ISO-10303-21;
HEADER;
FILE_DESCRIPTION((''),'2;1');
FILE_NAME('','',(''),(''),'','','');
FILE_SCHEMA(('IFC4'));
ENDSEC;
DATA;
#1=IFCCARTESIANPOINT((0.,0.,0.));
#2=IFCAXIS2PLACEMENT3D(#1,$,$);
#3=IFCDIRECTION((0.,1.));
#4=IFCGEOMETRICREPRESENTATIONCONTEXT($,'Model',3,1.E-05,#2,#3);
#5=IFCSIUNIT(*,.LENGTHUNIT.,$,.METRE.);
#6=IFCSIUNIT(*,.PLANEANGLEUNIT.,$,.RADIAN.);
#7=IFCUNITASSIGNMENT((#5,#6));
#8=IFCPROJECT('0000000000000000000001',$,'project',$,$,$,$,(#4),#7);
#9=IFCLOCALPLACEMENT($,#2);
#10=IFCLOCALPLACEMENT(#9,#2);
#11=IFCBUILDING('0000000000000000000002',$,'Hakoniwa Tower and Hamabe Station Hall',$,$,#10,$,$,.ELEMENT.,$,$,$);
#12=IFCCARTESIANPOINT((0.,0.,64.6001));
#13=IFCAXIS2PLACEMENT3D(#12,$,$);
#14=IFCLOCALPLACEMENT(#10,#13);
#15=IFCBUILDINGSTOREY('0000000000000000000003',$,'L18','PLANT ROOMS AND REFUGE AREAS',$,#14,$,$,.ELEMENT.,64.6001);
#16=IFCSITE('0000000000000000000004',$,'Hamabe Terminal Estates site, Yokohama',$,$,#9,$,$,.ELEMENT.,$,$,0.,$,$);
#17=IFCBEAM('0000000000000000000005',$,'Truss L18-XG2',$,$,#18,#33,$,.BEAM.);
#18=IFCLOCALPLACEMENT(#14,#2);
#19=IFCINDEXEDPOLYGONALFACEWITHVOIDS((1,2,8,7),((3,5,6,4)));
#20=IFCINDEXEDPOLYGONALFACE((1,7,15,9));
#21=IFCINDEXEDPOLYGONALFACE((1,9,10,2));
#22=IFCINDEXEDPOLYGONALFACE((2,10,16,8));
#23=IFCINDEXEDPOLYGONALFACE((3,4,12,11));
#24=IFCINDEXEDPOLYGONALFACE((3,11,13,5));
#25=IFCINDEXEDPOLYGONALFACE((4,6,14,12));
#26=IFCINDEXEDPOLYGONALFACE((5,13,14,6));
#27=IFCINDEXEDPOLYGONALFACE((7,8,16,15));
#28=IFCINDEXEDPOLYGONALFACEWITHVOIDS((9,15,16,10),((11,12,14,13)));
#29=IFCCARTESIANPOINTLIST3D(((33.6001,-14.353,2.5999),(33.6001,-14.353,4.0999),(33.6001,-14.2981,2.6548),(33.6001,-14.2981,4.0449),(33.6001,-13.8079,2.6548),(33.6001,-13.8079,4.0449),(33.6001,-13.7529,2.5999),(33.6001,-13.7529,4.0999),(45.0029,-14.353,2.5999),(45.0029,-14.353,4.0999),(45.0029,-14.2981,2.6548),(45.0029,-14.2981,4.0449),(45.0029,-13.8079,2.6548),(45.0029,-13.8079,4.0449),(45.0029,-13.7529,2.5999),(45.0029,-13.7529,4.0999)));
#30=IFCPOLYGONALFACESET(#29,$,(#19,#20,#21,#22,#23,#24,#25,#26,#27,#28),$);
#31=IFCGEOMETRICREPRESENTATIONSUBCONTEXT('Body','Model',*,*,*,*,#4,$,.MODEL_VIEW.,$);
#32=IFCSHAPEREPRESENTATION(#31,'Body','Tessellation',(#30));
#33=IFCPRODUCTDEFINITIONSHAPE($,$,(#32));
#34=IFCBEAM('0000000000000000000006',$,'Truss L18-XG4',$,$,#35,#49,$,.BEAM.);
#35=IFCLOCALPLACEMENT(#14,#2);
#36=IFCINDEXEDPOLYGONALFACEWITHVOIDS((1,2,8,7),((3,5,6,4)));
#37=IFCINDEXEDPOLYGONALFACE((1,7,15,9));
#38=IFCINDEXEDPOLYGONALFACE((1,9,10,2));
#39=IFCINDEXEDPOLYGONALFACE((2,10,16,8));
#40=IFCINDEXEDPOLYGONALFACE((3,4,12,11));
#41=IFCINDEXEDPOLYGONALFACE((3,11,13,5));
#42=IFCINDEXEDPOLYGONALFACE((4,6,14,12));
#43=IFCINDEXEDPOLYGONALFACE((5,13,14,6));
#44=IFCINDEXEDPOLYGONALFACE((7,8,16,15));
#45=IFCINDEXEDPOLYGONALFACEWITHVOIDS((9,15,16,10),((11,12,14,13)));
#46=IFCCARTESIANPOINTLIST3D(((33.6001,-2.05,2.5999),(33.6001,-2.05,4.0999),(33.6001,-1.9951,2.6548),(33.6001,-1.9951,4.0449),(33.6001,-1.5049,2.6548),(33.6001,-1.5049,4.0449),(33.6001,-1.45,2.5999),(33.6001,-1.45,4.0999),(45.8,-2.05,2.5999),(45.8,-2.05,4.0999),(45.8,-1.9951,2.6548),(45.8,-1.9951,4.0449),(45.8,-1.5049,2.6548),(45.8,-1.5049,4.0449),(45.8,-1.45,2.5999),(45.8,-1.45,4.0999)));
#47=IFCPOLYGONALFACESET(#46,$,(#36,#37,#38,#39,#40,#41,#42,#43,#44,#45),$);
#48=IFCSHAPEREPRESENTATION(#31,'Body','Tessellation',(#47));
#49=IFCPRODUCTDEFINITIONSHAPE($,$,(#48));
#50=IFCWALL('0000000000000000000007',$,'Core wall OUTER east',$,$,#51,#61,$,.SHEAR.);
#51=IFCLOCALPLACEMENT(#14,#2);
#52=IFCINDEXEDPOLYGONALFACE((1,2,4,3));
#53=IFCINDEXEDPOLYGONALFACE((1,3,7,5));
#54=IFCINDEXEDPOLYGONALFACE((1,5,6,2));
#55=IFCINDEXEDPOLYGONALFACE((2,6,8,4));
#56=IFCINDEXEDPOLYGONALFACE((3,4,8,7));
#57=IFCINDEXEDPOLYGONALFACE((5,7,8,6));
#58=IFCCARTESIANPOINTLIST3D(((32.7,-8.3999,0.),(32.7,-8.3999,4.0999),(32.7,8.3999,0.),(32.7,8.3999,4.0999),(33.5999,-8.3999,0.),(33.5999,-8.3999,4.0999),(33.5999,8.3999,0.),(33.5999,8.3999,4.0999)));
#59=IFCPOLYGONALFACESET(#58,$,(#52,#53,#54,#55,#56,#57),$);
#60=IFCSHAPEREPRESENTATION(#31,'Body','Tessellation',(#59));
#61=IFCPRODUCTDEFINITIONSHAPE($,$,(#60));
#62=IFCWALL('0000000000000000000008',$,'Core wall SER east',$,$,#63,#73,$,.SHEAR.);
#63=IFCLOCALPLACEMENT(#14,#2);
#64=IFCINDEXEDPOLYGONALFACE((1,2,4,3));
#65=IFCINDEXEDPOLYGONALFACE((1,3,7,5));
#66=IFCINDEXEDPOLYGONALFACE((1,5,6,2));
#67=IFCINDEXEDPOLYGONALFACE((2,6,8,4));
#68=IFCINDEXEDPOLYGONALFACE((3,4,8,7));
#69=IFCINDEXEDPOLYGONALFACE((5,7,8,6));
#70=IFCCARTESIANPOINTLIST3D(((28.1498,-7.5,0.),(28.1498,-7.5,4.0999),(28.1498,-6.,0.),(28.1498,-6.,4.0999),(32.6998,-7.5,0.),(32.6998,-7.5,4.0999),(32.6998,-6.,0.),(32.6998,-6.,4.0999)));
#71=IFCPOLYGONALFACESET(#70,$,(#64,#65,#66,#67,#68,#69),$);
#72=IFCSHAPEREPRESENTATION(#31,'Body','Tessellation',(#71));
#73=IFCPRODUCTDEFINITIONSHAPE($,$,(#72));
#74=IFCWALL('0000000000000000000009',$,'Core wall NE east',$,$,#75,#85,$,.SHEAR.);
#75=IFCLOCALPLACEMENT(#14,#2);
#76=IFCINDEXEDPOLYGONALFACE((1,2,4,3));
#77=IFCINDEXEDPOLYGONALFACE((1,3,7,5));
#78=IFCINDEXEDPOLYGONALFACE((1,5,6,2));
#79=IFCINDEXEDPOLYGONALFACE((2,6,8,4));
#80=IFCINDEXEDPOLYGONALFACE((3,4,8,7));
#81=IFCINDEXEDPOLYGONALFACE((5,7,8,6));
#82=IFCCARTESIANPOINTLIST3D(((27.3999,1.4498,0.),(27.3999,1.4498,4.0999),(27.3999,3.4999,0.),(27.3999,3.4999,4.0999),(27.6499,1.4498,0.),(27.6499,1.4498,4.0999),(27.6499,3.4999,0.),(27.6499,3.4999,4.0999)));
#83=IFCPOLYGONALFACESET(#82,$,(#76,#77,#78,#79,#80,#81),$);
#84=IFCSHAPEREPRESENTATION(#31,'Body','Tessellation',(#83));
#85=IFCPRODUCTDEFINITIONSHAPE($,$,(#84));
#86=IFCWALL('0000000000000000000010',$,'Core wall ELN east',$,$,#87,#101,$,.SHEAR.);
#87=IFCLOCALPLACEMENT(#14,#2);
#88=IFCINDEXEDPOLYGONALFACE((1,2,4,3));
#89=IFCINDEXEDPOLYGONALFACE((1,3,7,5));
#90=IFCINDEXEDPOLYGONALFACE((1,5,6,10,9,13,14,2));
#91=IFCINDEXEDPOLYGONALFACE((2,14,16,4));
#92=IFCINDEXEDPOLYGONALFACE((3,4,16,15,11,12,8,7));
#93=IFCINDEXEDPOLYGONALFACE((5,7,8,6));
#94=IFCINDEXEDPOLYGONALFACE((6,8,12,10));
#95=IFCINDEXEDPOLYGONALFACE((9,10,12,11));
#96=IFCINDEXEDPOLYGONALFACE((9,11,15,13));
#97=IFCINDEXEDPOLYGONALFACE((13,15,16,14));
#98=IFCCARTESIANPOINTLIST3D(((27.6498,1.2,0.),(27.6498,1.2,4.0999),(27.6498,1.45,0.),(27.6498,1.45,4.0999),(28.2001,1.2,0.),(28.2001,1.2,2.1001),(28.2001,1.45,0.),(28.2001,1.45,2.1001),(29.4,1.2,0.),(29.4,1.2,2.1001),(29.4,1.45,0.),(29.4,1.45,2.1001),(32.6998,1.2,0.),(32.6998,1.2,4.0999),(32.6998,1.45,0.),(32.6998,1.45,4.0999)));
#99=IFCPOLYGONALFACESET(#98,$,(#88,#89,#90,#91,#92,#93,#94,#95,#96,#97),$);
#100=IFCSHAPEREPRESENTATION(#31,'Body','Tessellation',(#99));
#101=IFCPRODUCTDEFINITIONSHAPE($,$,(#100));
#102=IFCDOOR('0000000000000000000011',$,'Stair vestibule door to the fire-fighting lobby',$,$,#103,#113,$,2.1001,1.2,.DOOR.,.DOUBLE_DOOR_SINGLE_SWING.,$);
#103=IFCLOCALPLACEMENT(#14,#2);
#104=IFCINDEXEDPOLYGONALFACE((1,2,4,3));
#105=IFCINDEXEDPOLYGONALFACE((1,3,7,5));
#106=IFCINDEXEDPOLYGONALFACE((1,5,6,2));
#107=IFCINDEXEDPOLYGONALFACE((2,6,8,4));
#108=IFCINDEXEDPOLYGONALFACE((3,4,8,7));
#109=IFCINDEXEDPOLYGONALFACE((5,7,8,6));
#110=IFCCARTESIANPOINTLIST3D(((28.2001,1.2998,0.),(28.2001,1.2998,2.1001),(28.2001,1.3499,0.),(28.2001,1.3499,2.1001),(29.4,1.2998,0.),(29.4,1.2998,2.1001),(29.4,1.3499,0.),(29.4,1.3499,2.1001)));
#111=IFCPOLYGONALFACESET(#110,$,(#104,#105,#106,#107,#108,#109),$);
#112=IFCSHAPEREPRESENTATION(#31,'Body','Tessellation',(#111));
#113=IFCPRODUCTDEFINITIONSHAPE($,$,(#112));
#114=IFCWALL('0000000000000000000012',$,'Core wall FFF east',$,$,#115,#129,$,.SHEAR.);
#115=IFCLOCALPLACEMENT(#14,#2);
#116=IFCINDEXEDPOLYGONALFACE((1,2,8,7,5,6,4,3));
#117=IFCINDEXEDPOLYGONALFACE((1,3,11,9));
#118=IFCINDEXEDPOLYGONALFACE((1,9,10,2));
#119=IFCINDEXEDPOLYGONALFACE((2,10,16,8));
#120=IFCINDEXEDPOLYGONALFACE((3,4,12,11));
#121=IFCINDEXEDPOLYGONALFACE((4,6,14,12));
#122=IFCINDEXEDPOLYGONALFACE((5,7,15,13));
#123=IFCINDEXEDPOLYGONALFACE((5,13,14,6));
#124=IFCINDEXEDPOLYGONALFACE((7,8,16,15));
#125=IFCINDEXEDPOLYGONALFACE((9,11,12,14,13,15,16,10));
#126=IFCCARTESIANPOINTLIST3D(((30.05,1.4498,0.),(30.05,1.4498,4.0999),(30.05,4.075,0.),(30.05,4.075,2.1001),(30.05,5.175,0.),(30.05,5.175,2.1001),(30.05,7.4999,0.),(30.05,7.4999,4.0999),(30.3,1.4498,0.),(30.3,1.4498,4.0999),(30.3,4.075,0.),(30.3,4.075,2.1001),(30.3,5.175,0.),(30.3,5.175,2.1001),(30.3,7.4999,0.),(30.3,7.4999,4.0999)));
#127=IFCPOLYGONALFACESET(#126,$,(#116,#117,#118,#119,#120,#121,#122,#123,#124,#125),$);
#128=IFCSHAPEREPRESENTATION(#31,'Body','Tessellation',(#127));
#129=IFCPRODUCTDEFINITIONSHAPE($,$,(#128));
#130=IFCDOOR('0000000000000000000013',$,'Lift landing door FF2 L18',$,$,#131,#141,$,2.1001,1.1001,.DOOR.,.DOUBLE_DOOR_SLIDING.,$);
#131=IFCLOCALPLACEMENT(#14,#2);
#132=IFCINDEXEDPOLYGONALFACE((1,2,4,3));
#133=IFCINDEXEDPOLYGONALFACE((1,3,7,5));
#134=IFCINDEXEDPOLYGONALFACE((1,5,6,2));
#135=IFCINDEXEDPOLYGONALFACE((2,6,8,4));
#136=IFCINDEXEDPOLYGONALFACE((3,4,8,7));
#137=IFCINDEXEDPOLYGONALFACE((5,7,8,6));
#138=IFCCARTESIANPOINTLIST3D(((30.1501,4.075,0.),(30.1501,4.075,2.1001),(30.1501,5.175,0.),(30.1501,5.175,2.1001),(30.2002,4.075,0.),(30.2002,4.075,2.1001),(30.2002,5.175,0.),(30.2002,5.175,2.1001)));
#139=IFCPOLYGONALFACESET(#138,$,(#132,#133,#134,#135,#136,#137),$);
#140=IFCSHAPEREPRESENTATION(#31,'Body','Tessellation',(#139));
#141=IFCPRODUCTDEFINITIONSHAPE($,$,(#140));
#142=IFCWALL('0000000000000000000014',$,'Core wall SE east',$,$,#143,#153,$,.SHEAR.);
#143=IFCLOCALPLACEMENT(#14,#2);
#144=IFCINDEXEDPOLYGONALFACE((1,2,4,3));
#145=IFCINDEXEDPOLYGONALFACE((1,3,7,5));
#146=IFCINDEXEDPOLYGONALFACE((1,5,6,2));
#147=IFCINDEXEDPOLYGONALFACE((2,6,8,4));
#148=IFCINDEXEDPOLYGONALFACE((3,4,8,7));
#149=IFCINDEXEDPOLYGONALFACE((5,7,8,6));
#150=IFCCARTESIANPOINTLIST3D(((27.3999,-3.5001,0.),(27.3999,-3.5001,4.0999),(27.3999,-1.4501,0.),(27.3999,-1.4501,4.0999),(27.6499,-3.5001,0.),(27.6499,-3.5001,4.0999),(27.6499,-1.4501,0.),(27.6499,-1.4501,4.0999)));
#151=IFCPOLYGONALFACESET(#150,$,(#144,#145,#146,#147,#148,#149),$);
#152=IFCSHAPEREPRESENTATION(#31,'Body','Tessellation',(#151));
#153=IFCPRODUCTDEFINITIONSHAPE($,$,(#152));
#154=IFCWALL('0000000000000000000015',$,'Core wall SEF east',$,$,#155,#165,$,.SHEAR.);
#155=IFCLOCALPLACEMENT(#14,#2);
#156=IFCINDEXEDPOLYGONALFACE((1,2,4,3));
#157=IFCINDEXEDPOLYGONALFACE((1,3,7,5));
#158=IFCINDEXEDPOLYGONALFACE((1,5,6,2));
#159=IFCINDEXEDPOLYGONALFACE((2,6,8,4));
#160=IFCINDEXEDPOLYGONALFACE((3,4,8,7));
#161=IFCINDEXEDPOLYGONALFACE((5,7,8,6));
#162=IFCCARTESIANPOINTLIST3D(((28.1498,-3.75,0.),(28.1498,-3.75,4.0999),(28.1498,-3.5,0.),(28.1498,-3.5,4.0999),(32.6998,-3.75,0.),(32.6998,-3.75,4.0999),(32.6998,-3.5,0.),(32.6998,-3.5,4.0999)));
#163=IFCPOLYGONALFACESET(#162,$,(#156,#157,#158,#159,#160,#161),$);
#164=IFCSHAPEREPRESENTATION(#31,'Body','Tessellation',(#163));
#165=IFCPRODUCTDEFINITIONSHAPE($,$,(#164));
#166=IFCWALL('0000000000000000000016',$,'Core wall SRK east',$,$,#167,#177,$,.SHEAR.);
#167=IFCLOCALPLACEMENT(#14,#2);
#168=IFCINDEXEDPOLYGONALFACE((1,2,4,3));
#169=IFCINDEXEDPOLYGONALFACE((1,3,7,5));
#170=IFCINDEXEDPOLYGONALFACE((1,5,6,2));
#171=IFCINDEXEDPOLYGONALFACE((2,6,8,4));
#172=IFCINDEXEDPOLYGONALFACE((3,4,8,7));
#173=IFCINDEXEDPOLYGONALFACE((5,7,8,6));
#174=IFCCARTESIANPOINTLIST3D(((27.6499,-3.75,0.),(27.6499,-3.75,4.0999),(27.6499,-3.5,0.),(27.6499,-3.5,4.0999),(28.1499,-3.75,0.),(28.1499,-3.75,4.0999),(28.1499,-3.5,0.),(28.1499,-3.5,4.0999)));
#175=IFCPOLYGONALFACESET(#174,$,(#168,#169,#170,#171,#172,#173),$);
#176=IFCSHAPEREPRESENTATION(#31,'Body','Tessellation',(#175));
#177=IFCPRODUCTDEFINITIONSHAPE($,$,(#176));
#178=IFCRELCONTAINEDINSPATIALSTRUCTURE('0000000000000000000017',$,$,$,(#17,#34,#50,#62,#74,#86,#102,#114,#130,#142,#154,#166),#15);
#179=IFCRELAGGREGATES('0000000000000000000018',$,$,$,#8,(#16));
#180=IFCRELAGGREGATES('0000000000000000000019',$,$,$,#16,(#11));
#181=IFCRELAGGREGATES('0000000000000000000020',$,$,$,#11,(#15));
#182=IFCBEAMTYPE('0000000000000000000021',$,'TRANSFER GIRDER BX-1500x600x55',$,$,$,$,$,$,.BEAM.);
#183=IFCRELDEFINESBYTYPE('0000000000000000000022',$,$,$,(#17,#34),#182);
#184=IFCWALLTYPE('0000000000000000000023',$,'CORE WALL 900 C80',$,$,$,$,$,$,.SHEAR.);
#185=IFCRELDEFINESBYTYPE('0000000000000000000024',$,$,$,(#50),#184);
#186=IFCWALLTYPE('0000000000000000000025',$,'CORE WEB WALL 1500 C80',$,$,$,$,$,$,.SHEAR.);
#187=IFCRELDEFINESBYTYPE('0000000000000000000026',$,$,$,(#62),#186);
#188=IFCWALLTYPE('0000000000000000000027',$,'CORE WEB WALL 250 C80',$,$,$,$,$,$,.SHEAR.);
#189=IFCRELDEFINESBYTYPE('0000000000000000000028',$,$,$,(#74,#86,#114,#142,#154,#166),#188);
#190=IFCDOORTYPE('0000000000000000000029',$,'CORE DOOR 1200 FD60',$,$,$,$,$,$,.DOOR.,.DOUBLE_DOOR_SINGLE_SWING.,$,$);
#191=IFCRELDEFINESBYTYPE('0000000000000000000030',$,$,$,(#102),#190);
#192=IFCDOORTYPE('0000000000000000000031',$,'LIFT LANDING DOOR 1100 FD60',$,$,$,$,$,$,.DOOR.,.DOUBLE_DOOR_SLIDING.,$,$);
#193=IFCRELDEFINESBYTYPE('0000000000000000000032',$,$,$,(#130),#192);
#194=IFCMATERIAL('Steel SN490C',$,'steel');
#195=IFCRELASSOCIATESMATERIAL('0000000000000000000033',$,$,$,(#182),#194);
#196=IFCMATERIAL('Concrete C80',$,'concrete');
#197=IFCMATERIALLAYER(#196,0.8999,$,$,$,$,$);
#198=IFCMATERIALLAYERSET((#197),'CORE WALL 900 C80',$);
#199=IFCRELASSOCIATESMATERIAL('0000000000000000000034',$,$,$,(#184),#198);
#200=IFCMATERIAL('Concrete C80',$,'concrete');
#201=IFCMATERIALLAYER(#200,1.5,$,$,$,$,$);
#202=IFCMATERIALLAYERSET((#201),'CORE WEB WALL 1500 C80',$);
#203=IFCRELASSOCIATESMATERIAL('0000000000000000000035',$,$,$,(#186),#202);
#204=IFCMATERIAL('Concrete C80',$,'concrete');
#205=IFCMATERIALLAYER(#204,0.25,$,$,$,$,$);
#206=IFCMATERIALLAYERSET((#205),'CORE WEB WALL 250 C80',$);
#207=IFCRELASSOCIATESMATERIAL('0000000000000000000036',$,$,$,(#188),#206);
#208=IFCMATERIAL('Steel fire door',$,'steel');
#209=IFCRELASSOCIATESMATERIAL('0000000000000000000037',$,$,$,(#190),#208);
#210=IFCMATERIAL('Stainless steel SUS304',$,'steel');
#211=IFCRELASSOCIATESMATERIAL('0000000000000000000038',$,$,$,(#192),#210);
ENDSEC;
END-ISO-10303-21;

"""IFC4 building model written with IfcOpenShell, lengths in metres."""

from ifc_helpers import new_model, si_unit, direction, frame, frame_2d, origin, origin_2d, place, context, subcontext, project, spatial, rectangle, hollow_rectangle, extrude, material, layer, layer_set, material_profile, profile_set, type_object, element, fill, save


model = new_model("IFC4")

# Units and contexts
model_context = context("Model", 3, precision=1e-05, world=origin(), true_north=direction((0.0, 1.0)))
body_context = subcontext(model_context, "Body", "Model", "MODEL_VIEW")
ifc_project = project(units=[si_unit("LENGTHUNIT", "METRE"), si_unit("PLANEANGLEUNIT", "RADIAN")], contexts=[model_context])

# Site, building, storey
site_placement = place(None, origin())
site = spatial("IfcSite", under=ifc_project, at=site_placement, Name="Hamabe Terminal Estates site, Yokohama", CompositionType="ELEMENT", RefElevation=0.0)
building_placement = place(site_placement, origin())
building = spatial("IfcBuilding", under=site, at=building_placement, Name="Hakoniwa Tower and Hamabe Station Hall", CompositionType="ELEMENT")
storey_placement = place(building_placement, frame((0.0, 0.0, 64.6001)))
storey = spatial("IfcBuildingStorey", under=building, at=storey_placement, Name="L18", Description="PLANT ROOMS AND REFUGE AREAS", CompositionType="ELEMENT", Elevation=64.6001)

# Beams
ifc_material_1 = material(Name="Steel SN490C", Category="steel")
ifc_material_profile_1 = material_profile(ifc_material_1, hollow_rectangle(XDim=0.6001, YDim=1.5, WallThickness=0.0549, at=origin_2d()), Name="BX-1500x600x55")
ifc_profile_set_1 = profile_set([ifc_material_profile_1], Name="Steel SN490C")
beam_type = type_object("IfcBeamType", Name="TRANSFER GIRDER BX-1500x600x55", PredefinedType="BEAM", material=ifc_profile_set_1)
beam_1_placement = place(storey_placement, frame((33.6001, -14.053, 3.3499), z_axis=(1.0, 0.0, 0.0), x_axis=(0.0, 1.0, 0.0)))
element("IfcBeam", 1, at=beam_1_placement, inside=storey, type_object=beam_type, Name="Truss L18-XG2", PredefinedType="BEAM", context=body_context, shape_type="SweptSolid", body=[
    extrude(hollow_rectangle(XDim=0.6001, YDim=1.5, WallThickness=0.0549, at=origin_2d()), origin(), (0.0, 0.0, 1.0), 11.4028),
])
beam_2_placement = place(storey_placement, frame((33.6001, -1.75, 3.3499), z_axis=(1.0, 0.0, 0.0), x_axis=(0.0, 1.0, 0.0)))
element("IfcBeam", 2, at=beam_2_placement, inside=storey, type_object=beam_type, Name="Truss L18-XG4", PredefinedType="BEAM", context=body_context, shape_type="SweptSolid", body=[
    extrude(hollow_rectangle(XDim=0.6001, YDim=1.5, WallThickness=0.0549, at=origin_2d()), origin(), (0.0, 0.0, 1.0), 12.2),
])

# Walls
ifc_material_2 = material(Name="Concrete C80", Category="concrete")
ifc_layer_1 = layer(ifc_material_2, 0.8999)
ifc_layer_set_1 = layer_set([ifc_layer_1], Name="CORE WALL 900 C80")
wall_type_1 = type_object("IfcWallType", Name="CORE WALL 900 C80", PredefinedType="SHEAR", material=ifc_layer_set_1)
wall_1_placement = place(storey_placement, frame((33.1499, -8.3999, 0.0), z_axis=(0.0, 0.0, 1.0), x_axis=(0.0, 1.0, 0.0)))
element("IfcWall", 3, at=wall_1_placement, inside=storey, type_object=wall_type_1, Name="Core wall OUTER east", PredefinedType="SHEAR", context=body_context, shape_type="SweptSolid", body=[
    extrude(rectangle(XDim=16.7998, YDim=0.8999, at=frame_2d((8.3999, 0.0))), origin(), (0.0, 0.0, 1.0), 4.0999),
])
ifc_material_3 = material(Name="Concrete C80", Category="concrete")
ifc_layer_2 = layer(ifc_material_3, 1.5)
ifc_layer_set_2 = layer_set([ifc_layer_2], Name="CORE WEB WALL 1500 C80")
wall_type_2 = type_object("IfcWallType", Name="CORE WEB WALL 1500 C80", PredefinedType="SHEAR", material=ifc_layer_set_2)
wall_2_placement = place(storey_placement, frame((28.1499, -6.75, 0.0), z_axis=(0.0, 0.0, 1.0), x_axis=(1.0, 0.0, 0.0)))
element("IfcWall", 4, at=wall_2_placement, inside=storey, type_object=wall_type_2, Name="Core wall SER east", PredefinedType="SHEAR", context=body_context, shape_type="SweptSolid", body=[
    extrude(rectangle(XDim=4.55, YDim=1.5, at=frame_2d((2.2749, 0.0))), origin(), (0.0, 0.0, 1.0), 4.0999),
])
ifc_material_4 = material(Name="Concrete C80", Category="concrete")
ifc_layer_3 = layer(ifc_material_4, 0.25)
ifc_layer_set_3 = layer_set([ifc_layer_3], Name="CORE WEB WALL 250 C80")
wall_type_3 = type_object("IfcWallType", Name="CORE WEB WALL 250 C80", PredefinedType="SHEAR", material=ifc_layer_set_3)
wall_3_placement = place(storey_placement, frame((27.5249, 1.45, 0.0), z_axis=(0.0, 0.0, 1.0), x_axis=(0.0, 1.0, 0.0)))
element("IfcWall", 5, at=wall_3_placement, inside=storey, type_object=wall_type_3, Name="Core wall NE east", PredefinedType="SHEAR", context=body_context, shape_type="SweptSolid", body=[
    extrude(rectangle(XDim=2.05, YDim=0.25, at=frame_2d((1.0249, 0.0))), origin(), (0.0, 0.0, 1.0), 4.0999),
])

# Walls, openings, doors
wall_4_placement = place(storey_placement, frame((27.6499, 1.325, 0.0), z_axis=(0.0, 0.0, 1.0), x_axis=(1.0, 0.0, 0.0)))
wall_4 = element("IfcWall", 6, at=wall_4_placement, inside=storey, type_object=wall_type_3, Name="Core wall ELN east", PredefinedType="SHEAR", context=body_context, shape_type="SweptSolid", body=[
    extrude(rectangle(XDim=5.05, YDim=0.25, at=frame_2d((2.5249, 0.0))), origin(), (0.0, 0.0, 1.0), 4.0999),
])
opening_1_placement = place(wall_4_placement, frame((0.55, 0.0, 0.0)))
opening_1 = element("IfcOpeningElement", 7, at=opening_1_placement, cuts=wall_4, PredefinedType="OPENING", context=body_context, shape_type="SweptSolid", body=[
    extrude(rectangle(XDim=1.2, YDim=2.1001, at=frame_2d((0.6001, 1.05))), frame((0.0, 0.135, 0.0), z_axis=(0.0, -1.0, 0.0), x_axis=(1.0, 0.0, 0.0)), (0.0, 0.0, 1.0), 0.27),
])
ifc_material_5 = material(Name="Steel fire door", Category="steel")
door_type_1 = type_object("IfcDoorType", Name="CORE DOOR 1200 FD60", OperationType="DOUBLE_DOOR_SINGLE_SWING", PredefinedType="DOOR", material=ifc_material_5)
door_1_placement = place(opening_1_placement, origin())
door_1 = element("IfcDoor", 8, at=door_1_placement, inside=storey, type_object=door_type_1, Name="Stair vestibule door to the fire-fighting lobby", OperationType="DOUBLE_DOOR_SINGLE_SWING", OverallHeight=2.1001, OverallWidth=1.2, PredefinedType="DOOR", context=body_context, shape_type="SweptSolid", body=[
    extrude(rectangle(XDim=1.2, YDim=2.1001, at=frame_2d((0.6001, 1.05))), frame((0.0, 0.0249, 0.0), z_axis=(0.0, -1.0, 0.0), x_axis=(1.0, 0.0, 0.0)), (0.0, 0.0, 1.0), 0.05),
])
fill(opening_1, door_1)
wall_5_placement = place(storey_placement, frame((30.175, 1.45, 0.0), z_axis=(0.0, 0.0, 1.0), x_axis=(0.0, 1.0, 0.0)))
wall_5 = element("IfcWall", 9, at=wall_5_placement, inside=storey, type_object=wall_type_3, Name="Core wall FFF east", PredefinedType="SHEAR", context=body_context, shape_type="SweptSolid", body=[
    extrude(rectangle(XDim=6.05, YDim=0.25, at=frame_2d((3.0249, 0.0))), origin(), (0.0, 0.0, 1.0), 4.0999),
])
opening_2_placement = place(wall_5_placement, frame((2.625, 0.0, 0.0)))
opening_2 = element("IfcOpeningElement", 10, at=opening_2_placement, cuts=wall_5, PredefinedType="OPENING", context=body_context, shape_type="SweptSolid", body=[
    extrude(rectangle(XDim=1.1001, YDim=2.1001, at=frame_2d((0.55, 1.05))), frame((0.0, 0.135, 0.0), z_axis=(0.0, -1.0, 0.0), x_axis=(1.0, 0.0, 0.0)), (0.0, 0.0, 1.0), 0.27),
])
ifc_material_6 = material(Name="Stainless steel SUS304", Category="steel")
door_type_2 = type_object("IfcDoorType", Name="LIFT LANDING DOOR 1100 FD60", OperationType="DOUBLE_DOOR_SLIDING", PredefinedType="DOOR", material=ifc_material_6)
door_2_placement = place(opening_2_placement, origin())
door_2 = element("IfcDoor", 11, at=door_2_placement, inside=storey, type_object=door_type_2, Name="Lift landing door FF2 L18", OperationType="DOUBLE_DOOR_SLIDING", OverallHeight=2.1001, OverallWidth=1.1001, PredefinedType="DOOR", context=body_context, shape_type="SweptSolid", body=[
    extrude(rectangle(XDim=1.1001, YDim=2.1001, at=frame_2d((0.55, 1.05))), frame((0.0, 0.0249, 0.0), z_axis=(0.0, -1.0, 0.0), x_axis=(1.0, 0.0, 0.0)), (0.0, 0.0, 1.0), 0.05),
])
fill(opening_2, door_2)

# Walls
wall_6_placement = place(storey_placement, frame((27.5249, -3.5, 0.0), z_axis=(0.0, 0.0, 1.0), x_axis=(0.0, 1.0, 0.0)))
element("IfcWall", 12, at=wall_6_placement, inside=storey, type_object=wall_type_3, Name="Core wall SE east", PredefinedType="SHEAR", context=body_context, shape_type="SweptSolid", body=[
    extrude(rectangle(XDim=2.05, YDim=0.25, at=frame_2d((1.0249, 0.0))), origin(), (0.0, 0.0, 1.0), 4.0999),
])
wall_7_placement = place(storey_placement, frame((28.1499, -3.625, 0.0), z_axis=(0.0, 0.0, 1.0), x_axis=(1.0, 0.0, 0.0)))
element("IfcWall", 13, at=wall_7_placement, inside=storey, type_object=wall_type_3, Name="Core wall SEF east", PredefinedType="SHEAR", context=body_context, shape_type="SweptSolid", body=[
    extrude(rectangle(XDim=4.55, YDim=0.25, at=frame_2d((2.2749, 0.0))), origin(), (0.0, 0.0, 1.0), 4.0999),
])
wall_8_placement = place(storey_placement, frame((27.6499, -3.625, 0.0), z_axis=(0.0, 0.0, 1.0), x_axis=(1.0, 0.0, 0.0)))
element("IfcWall", 14, at=wall_8_placement, inside=storey, type_object=wall_type_3, Name="Core wall SRK east", PredefinedType="SHEAR", context=body_context, shape_type="SweptSolid", body=[
    extrude(rectangle(XDim=0.5, YDim=0.25, at=frame_2d((0.25, 0.0))), origin(), (0.0, 0.0, 1.0), 4.0999),
])

save(model, "model.ifc")
